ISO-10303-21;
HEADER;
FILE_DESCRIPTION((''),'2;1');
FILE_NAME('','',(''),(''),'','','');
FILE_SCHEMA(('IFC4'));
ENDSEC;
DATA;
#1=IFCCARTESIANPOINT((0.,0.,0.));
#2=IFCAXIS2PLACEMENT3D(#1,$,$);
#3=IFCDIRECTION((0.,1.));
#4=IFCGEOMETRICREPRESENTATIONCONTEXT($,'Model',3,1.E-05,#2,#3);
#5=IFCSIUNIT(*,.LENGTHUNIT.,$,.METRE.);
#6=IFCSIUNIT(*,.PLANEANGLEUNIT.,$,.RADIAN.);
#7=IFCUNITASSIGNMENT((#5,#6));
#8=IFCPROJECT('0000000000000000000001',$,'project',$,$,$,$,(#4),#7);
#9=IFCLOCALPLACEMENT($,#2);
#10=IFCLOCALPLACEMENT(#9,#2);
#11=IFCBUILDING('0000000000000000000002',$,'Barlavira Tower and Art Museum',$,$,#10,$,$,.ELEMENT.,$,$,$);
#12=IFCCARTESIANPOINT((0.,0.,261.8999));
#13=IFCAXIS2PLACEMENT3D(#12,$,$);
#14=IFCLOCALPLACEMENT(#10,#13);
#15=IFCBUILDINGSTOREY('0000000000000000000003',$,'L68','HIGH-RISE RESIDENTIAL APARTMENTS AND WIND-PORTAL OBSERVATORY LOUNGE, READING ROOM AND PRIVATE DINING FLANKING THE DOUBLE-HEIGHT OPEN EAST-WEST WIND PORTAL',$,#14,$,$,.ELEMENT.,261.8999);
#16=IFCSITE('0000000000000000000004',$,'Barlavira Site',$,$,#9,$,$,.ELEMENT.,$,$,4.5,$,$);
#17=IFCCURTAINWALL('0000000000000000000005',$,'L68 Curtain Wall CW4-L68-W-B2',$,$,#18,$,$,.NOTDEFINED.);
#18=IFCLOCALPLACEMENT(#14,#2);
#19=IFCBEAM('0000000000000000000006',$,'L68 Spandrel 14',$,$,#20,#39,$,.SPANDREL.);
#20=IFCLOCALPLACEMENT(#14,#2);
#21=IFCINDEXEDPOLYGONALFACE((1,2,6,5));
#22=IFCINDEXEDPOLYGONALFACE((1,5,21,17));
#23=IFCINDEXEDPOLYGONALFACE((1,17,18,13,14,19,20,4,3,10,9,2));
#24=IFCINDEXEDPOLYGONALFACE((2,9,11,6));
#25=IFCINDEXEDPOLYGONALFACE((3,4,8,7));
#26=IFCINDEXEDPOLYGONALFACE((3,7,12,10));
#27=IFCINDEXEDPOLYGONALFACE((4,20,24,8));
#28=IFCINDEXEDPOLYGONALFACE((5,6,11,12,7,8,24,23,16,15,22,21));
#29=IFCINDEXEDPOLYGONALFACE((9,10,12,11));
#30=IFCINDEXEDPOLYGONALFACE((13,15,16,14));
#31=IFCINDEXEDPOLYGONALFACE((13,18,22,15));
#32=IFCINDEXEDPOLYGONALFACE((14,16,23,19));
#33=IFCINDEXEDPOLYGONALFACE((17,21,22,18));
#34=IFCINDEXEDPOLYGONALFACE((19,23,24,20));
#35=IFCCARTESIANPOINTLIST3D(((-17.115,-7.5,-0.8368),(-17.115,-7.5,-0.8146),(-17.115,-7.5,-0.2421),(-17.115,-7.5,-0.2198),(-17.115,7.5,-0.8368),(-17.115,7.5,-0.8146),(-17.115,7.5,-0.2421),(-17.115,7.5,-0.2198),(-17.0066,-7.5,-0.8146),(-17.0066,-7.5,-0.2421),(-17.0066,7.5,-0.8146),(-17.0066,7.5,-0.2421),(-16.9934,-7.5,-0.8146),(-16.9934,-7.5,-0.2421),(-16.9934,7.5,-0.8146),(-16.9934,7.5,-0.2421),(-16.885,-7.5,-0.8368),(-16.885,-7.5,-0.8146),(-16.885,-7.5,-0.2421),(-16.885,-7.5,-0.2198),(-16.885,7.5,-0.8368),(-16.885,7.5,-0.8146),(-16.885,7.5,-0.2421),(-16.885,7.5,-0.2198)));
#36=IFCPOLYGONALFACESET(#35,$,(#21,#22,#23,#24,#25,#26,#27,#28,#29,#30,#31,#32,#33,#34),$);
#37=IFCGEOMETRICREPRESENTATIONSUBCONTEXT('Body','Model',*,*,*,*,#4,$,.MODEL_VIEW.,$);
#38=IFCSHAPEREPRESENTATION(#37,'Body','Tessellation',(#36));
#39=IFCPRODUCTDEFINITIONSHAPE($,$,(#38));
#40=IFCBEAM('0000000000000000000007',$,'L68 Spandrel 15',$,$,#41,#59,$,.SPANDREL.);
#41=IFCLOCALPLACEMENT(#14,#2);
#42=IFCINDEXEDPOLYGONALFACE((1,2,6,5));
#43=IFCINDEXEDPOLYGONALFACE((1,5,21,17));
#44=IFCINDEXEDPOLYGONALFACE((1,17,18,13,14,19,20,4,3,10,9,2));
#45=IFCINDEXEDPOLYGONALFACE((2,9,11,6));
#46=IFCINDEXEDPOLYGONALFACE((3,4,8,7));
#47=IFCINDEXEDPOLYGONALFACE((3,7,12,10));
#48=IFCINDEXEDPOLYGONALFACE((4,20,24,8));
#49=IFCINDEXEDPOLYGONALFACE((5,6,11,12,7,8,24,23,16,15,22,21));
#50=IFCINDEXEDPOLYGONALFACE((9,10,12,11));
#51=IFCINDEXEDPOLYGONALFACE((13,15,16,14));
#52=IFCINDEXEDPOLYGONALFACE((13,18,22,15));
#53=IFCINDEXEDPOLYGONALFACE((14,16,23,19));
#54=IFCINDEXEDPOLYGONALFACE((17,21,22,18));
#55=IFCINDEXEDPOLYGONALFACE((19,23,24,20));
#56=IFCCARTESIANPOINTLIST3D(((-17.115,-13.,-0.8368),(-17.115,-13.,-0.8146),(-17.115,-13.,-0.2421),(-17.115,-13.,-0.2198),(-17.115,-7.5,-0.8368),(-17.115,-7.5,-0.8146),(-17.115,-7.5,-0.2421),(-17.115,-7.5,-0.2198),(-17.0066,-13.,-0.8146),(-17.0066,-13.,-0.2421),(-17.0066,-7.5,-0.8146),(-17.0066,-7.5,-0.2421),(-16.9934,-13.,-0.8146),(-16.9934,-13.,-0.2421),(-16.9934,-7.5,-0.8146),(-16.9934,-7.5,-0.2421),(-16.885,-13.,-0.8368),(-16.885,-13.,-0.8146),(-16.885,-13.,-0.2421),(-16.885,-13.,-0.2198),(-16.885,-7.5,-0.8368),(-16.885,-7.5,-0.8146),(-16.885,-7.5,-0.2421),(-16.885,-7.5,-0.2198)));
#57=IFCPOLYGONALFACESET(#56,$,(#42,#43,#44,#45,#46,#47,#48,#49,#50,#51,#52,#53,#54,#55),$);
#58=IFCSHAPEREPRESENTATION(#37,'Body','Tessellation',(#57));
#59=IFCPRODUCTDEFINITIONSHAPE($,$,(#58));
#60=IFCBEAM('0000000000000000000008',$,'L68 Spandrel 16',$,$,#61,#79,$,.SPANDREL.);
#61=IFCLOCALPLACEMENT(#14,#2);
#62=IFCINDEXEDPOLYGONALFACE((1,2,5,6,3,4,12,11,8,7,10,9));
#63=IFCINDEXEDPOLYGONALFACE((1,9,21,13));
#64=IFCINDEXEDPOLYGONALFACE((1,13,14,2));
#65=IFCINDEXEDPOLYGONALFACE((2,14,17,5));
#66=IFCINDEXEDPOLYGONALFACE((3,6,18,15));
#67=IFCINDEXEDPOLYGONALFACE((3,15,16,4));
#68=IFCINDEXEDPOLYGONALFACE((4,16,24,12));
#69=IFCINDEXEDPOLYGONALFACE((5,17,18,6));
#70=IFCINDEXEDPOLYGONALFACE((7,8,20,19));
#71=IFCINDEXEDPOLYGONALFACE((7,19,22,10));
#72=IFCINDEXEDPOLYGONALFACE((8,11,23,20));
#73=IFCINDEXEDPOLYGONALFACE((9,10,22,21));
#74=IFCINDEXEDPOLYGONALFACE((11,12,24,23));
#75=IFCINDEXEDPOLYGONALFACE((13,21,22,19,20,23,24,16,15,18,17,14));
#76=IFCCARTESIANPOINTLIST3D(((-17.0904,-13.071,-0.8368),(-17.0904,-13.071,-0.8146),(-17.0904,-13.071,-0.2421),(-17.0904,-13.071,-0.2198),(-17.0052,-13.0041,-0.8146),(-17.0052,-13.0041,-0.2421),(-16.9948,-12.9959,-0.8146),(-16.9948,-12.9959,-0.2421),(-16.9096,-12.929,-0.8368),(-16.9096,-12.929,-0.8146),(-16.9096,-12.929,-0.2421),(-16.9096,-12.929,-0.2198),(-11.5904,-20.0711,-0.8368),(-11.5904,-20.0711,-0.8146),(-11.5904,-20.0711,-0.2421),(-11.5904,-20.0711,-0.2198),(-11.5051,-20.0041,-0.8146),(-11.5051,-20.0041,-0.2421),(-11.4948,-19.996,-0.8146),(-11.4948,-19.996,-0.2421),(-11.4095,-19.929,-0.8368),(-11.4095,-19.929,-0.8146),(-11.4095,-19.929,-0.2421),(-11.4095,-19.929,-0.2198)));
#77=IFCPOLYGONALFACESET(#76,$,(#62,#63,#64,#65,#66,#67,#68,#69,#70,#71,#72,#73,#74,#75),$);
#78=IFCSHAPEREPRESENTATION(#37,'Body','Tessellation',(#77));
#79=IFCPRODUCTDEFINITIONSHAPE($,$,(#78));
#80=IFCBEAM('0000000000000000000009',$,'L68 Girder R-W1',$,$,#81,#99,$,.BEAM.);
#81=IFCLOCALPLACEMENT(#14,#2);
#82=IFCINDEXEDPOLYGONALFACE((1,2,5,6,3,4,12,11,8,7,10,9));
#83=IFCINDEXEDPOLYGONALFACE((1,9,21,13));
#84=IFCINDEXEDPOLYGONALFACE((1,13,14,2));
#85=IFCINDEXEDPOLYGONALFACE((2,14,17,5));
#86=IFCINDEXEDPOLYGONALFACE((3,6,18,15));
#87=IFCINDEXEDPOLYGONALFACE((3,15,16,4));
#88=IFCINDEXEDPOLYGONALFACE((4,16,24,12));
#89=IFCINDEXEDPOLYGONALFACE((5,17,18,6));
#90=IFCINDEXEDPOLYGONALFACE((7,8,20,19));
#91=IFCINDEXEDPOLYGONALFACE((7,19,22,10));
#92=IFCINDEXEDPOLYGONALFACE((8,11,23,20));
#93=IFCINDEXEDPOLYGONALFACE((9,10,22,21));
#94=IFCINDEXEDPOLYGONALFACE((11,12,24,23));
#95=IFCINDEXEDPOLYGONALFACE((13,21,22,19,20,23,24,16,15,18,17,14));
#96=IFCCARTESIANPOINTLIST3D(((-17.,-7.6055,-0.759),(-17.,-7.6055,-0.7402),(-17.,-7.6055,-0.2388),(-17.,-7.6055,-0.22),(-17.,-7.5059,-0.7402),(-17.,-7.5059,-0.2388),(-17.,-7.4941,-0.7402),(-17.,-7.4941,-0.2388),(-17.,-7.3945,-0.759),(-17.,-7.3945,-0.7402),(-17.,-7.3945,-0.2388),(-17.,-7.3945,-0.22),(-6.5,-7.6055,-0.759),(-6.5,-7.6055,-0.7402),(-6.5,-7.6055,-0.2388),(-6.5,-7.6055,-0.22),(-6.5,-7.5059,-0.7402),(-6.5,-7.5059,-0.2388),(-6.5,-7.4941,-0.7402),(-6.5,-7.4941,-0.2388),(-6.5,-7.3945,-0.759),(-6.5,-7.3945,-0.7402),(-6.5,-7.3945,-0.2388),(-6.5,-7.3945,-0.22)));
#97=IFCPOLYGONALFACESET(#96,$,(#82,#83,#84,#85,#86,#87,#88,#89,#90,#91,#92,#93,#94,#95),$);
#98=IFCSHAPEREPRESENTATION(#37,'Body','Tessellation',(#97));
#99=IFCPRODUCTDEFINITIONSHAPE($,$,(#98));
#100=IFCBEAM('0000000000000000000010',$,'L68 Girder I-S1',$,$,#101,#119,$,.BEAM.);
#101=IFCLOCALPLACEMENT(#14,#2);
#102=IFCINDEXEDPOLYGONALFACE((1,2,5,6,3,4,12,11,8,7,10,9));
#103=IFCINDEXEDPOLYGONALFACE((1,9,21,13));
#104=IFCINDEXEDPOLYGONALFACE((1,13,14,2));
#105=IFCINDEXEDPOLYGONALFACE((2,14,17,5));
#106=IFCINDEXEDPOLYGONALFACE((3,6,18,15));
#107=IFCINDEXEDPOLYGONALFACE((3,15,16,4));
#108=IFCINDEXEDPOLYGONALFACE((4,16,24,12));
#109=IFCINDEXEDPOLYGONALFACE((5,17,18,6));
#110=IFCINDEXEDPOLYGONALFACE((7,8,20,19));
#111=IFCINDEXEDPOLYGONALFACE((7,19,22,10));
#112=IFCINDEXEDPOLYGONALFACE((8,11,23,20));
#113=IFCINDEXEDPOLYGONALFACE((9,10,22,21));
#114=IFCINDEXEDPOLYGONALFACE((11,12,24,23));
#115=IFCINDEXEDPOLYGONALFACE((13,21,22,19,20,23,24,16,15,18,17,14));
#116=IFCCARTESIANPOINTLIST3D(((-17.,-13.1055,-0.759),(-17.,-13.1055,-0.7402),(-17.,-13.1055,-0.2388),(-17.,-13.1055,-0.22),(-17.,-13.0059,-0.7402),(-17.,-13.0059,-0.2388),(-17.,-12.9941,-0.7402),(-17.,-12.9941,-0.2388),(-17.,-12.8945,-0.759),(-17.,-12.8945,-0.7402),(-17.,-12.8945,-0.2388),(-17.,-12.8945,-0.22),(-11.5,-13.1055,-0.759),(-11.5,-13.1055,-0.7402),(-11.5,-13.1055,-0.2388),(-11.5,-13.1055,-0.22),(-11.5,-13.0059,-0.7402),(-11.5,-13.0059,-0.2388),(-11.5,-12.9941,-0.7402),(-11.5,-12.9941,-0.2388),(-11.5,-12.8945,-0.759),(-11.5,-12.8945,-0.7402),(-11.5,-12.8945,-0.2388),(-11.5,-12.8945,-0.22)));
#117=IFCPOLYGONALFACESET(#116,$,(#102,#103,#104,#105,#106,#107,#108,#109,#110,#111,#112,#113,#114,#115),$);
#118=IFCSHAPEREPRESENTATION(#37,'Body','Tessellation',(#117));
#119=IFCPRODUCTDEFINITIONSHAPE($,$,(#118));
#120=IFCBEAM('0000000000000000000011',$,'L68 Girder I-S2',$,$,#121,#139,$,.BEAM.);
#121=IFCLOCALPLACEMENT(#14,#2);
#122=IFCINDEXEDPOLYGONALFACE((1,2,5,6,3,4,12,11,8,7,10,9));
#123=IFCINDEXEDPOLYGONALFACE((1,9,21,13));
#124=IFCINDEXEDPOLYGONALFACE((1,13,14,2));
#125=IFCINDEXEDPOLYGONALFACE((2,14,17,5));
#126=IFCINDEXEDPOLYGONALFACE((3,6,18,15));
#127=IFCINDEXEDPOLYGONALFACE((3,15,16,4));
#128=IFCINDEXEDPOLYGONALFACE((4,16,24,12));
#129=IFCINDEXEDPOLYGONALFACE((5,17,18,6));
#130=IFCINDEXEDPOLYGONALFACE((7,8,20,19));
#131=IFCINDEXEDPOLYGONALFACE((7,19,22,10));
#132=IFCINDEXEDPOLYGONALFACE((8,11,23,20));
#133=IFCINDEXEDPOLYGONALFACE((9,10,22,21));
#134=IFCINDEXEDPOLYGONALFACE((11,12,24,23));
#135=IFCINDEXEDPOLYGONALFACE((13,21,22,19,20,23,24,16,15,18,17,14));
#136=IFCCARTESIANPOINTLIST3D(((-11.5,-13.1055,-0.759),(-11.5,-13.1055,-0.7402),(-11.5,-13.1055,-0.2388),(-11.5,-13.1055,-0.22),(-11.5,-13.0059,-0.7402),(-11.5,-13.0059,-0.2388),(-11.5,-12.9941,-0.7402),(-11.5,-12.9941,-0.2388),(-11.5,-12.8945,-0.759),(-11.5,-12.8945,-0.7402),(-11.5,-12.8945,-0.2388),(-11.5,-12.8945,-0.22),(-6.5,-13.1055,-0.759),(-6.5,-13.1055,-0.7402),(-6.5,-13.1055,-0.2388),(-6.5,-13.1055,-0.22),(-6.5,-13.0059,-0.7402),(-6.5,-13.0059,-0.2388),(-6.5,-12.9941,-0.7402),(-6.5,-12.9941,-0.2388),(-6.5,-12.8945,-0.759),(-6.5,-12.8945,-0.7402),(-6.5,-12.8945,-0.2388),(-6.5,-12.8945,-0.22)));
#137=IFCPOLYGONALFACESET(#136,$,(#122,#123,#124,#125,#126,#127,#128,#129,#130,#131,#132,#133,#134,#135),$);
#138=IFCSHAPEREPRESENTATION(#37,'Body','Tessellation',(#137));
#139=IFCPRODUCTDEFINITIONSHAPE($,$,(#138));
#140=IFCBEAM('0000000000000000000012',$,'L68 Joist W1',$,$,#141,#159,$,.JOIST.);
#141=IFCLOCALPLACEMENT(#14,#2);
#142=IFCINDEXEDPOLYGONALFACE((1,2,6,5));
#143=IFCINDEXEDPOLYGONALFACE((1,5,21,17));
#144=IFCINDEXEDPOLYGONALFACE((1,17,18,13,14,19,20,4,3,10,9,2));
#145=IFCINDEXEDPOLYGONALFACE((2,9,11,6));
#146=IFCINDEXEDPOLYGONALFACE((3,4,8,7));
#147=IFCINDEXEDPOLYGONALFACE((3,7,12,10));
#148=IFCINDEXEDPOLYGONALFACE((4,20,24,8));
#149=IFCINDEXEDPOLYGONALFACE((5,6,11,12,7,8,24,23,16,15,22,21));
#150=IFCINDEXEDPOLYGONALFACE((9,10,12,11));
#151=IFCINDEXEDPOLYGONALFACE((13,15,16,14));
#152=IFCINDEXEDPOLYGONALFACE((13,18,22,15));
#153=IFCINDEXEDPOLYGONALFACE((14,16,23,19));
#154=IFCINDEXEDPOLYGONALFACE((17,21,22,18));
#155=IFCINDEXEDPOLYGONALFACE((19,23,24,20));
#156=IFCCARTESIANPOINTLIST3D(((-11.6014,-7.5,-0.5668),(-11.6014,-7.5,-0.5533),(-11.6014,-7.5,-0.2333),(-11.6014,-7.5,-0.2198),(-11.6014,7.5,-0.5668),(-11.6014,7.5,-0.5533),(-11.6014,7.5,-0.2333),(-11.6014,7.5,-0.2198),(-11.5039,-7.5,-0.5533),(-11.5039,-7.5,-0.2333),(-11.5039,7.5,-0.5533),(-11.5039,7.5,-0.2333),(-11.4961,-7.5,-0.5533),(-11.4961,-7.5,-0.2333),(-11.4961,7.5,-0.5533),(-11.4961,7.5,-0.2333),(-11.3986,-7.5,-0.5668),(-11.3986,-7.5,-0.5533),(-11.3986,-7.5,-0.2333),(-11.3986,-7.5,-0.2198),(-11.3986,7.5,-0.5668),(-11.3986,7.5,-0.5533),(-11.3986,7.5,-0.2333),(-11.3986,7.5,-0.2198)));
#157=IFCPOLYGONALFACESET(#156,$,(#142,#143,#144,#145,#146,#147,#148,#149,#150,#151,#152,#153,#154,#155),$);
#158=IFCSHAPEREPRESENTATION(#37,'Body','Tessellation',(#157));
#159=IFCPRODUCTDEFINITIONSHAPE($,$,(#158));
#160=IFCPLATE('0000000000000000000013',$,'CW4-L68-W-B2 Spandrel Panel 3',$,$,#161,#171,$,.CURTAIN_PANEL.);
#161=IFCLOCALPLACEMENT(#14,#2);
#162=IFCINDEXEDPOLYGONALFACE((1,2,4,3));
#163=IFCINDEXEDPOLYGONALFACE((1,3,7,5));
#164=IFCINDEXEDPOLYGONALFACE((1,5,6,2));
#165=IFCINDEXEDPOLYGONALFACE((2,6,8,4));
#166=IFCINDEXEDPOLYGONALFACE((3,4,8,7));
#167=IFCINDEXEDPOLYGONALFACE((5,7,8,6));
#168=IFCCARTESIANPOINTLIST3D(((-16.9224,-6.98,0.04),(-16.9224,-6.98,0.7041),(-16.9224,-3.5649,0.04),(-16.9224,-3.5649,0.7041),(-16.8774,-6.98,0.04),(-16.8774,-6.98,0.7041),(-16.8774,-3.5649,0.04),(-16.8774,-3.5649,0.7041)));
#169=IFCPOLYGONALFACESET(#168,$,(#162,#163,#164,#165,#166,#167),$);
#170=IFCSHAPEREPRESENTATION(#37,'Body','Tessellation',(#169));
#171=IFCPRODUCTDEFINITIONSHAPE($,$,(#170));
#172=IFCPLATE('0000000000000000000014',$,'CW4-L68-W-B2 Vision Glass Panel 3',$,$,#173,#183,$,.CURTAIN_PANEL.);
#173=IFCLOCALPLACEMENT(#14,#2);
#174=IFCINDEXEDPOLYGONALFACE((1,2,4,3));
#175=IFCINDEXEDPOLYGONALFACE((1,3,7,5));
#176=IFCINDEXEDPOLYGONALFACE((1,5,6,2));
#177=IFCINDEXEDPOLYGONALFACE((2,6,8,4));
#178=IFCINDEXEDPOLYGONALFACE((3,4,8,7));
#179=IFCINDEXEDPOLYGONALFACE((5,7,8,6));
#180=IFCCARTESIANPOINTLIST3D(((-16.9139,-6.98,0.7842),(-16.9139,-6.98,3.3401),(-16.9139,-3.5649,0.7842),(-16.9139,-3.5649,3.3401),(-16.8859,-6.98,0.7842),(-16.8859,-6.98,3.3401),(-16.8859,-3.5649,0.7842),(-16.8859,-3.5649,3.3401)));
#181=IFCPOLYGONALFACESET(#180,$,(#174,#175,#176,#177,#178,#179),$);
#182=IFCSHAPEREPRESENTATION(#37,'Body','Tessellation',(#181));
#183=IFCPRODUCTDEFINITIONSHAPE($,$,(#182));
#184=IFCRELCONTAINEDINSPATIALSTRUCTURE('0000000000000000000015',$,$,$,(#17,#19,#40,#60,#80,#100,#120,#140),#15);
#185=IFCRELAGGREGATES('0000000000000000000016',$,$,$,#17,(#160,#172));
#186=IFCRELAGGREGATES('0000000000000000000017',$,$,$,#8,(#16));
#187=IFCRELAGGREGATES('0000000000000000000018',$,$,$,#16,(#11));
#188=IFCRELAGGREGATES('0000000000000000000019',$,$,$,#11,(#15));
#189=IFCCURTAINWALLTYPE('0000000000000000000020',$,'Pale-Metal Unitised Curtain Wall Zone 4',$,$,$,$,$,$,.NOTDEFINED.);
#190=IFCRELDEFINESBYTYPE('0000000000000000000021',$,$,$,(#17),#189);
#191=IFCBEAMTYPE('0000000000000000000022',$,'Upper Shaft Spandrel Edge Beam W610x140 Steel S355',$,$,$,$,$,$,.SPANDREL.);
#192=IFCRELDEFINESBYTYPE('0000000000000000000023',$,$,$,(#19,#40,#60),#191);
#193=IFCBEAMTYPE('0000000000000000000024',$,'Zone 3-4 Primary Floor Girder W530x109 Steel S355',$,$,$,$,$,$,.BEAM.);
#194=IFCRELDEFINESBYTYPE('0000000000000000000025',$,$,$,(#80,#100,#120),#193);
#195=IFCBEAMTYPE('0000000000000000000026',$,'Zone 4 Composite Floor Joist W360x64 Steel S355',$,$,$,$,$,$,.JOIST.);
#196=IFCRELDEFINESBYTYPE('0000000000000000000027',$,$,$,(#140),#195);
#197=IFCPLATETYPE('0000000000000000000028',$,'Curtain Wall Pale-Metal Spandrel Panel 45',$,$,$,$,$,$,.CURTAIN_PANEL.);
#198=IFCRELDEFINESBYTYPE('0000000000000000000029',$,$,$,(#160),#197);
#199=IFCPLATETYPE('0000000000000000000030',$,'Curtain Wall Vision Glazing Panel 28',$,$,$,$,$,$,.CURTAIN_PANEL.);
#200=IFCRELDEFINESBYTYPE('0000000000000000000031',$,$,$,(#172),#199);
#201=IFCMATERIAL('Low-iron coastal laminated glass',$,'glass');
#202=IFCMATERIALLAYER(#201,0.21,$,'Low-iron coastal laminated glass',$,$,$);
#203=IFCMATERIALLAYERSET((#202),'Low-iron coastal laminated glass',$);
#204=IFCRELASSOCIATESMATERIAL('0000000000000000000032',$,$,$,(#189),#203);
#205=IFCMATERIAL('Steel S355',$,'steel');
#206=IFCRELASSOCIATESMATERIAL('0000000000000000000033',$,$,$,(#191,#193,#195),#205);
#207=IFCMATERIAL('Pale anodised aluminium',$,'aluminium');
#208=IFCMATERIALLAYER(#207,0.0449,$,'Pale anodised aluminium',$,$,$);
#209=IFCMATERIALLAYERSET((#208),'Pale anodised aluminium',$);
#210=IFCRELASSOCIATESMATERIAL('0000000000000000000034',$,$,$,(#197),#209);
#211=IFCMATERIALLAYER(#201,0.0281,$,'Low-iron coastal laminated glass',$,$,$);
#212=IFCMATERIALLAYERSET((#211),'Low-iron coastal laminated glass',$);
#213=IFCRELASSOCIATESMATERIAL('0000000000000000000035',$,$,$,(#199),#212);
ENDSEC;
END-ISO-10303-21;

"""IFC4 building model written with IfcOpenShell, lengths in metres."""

from ifc_helpers import new_model, si_unit, direction, frame, origin, origin_2d, place, context, subcontext, project, spatial, rectangle, i_section, extrude, material, layer, layer_set, material_profile, profile_set, type_object, element, aggregate, save


model = new_model("IFC4")

# Units and contexts
model_context = context("Model", 3, precision=1e-05, world=origin(), true_north=direction((0.0, 1.0)))
body_context = subcontext(model_context, "Body", "Model", "MODEL_VIEW")
ifc_project = project(units=[si_unit("LENGTHUNIT", "METRE"), si_unit("PLANEANGLEUNIT", "RADIAN")], contexts=[model_context])

# Site, building, storey
site_placement = place(None, origin())
site = spatial("IfcSite", under=ifc_project, at=site_placement, Name="Barlavira Site", CompositionType="ELEMENT", RefElevation=4.5)
building_placement = place(site_placement, origin())
building = spatial("IfcBuilding", under=site, at=building_placement, Name="Barlavira Tower and Art Museum", CompositionType="ELEMENT")
storey_placement = place(building_placement, frame((0.0, 0.0, 261.8999)))
storey = spatial("IfcBuildingStorey", under=building, at=storey_placement, Name="L68", Description="HIGH-RISE RESIDENTIAL APARTMENTS AND WIND-PORTAL OBSERVATORY LOUNGE, READING ROOM AND PRIVATE DINING FLANKING THE DOUBLE-HEIGHT OPEN EAST-WEST WIND PORTAL", CompositionType="ELEMENT", Elevation=261.8999)

# Curtain wall
ifc_material_1 = material(Name="Low-iron coastal laminated glass", Category="glass")
ifc_layer_1 = layer(ifc_material_1, 0.21, Name="Low-iron coastal laminated glass")
ifc_layer_set_1 = layer_set([ifc_layer_1], Name="Low-iron coastal laminated glass")
curtain_wall_type = type_object("IfcCurtainWallType", Name="Pale-Metal Unitised Curtain Wall Zone 4", PredefinedType="NOTDEFINED", material=ifc_layer_set_1)
curtain_wall_placement = place(storey_placement, origin())
curtain_wall = element("IfcCurtainWall", 1, at=curtain_wall_placement, inside=storey, type_object=curtain_wall_type, Name="L68 Curtain Wall CW4-L68-W-B2", PredefinedType="NOTDEFINED")
ifc_material_2 = material(Name="Pale anodised aluminium", Category="aluminium")

# Shared definitions
ifc_material_3 = material(Name="Steel S355", Category="steel")

# Beams
ifc_material_profile_1 = material_profile(ifc_material_3, i_section(OverallWidth=0.23, OverallDepth=0.6169, WebThickness=0.0132, FlangeThickness=0.0222, at=origin_2d()), Name="W610x140.0")
ifc_profile_set_1 = profile_set([ifc_material_profile_1], Name="Steel S355")
beam_type_1 = type_object("IfcBeamType", Name="Upper Shaft Spandrel Edge Beam W610x140 Steel S355", PredefinedType="SPANDREL", material=ifc_profile_set_1)
beam_1_placement = place(storey_placement, frame((-17.0, -7.5, -0.5283), z_axis=(0.0, 1.0, 0.0), x_axis=(-1.0, 0.0, 0.0)))
element("IfcBeam", 2, at=beam_1_placement, inside=storey, type_object=beam_type_1, Name="L68 Spandrel 14", PredefinedType="SPANDREL", context=body_context, shape_type="SweptSolid", body=[
    extrude(i_section(OverallWidth=0.23, OverallDepth=0.6169, WebThickness=0.0132, FlangeThickness=0.0222, at=origin_2d()), origin(), (0.0, 0.0, 1.0), 15.0),
])
beam_2_placement = place(storey_placement, frame((-17.0, -13.0, -0.5283), z_axis=(0.0, 1.0, 0.0), x_axis=(-1.0, 0.0, 0.0)))
element("IfcBeam", 3, at=beam_2_placement, inside=storey, type_object=beam_type_1, Name="L68 Spandrel 15", PredefinedType="SPANDREL", context=body_context, shape_type="SweptSolid", body=[
    extrude(i_section(OverallWidth=0.23, OverallDepth=0.6169, WebThickness=0.0132, FlangeThickness=0.0222, at=origin_2d()), origin(), (0.0, 0.0, 1.0), 5.5),
])
beam_3_placement = place(storey_placement, frame((-17.0, -13.0, -0.5283), z_axis=(0.617822, -0.786318, 0.0), x_axis=(0.786318, 0.617822, 0.0)))
element("IfcBeam", 4, at=beam_3_placement, inside=storey, type_object=beam_type_1, Name="L68 Spandrel 16", PredefinedType="SPANDREL", context=body_context, shape_type="SweptSolid", body=[
    extrude(i_section(OverallWidth=0.23, OverallDepth=0.6169, WebThickness=0.0132, FlangeThickness=0.0222, at=origin_2d()), origin(), (0.0, 0.0, 1.0), 8.9023),
])
ifc_material_profile_2 = material_profile(ifc_material_3, i_section(OverallWidth=0.2109, OverallDepth=0.5391, WebThickness=0.0117, FlangeThickness=0.0188, at=origin_2d()), Name="W530x109.0")
ifc_profile_set_2 = profile_set([ifc_material_profile_2], Name="Steel S355")
beam_type_2 = type_object("IfcBeamType", Name="Zone 3-4 Primary Floor Girder W530x109 Steel S355", PredefinedType="BEAM", material=ifc_profile_set_2)
beam_4_placement = place(storey_placement, frame((-17.0, -7.5, -0.4895), z_axis=(1.0, 0.0, 0.0), x_axis=(0.0, 1.0, 0.0)))
element("IfcBeam", 5, at=beam_4_placement, inside=storey, type_object=beam_type_2, Name="L68 Girder R-W1", PredefinedType="BEAM", context=body_context, shape_type="SweptSolid", body=[
    extrude(i_section(OverallWidth=0.2109, OverallDepth=0.5391, WebThickness=0.0117, FlangeThickness=0.0188, at=origin_2d()), origin(), (0.0, 0.0, 1.0), 10.5),
])
beam_5_placement = place(storey_placement, frame((-17.0, -13.0, -0.4895), z_axis=(1.0, 0.0, 0.0), x_axis=(0.0, 1.0, 0.0)))
element("IfcBeam", 6, at=beam_5_placement, inside=storey, type_object=beam_type_2, Name="L68 Girder I-S1", PredefinedType="BEAM", context=body_context, shape_type="SweptSolid", body=[
    extrude(i_section(OverallWidth=0.2109, OverallDepth=0.5391, WebThickness=0.0117, FlangeThickness=0.0188, at=origin_2d()), origin(), (0.0, 0.0, 1.0), 5.5),
])
beam_6_placement = place(storey_placement, frame((-11.5, -13.0, -0.4895), z_axis=(1.0, 0.0, 0.0), x_axis=(0.0, 1.0, 0.0)))
element("IfcBeam", 7, at=beam_6_placement, inside=storey, type_object=beam_type_2, Name="L68 Girder I-S2", PredefinedType="BEAM", context=body_context, shape_type="SweptSolid", body=[
    extrude(i_section(OverallWidth=0.2109, OverallDepth=0.5391, WebThickness=0.0117, FlangeThickness=0.0188, at=origin_2d()), origin(), (0.0, 0.0, 1.0), 5.0),
])
ifc_material_profile_3 = material_profile(ifc_material_3, i_section(OverallWidth=0.2029, OverallDepth=0.3469, WebThickness=0.0078, FlangeThickness=0.0134, at=origin_2d()), Name="W360x64.0")
ifc_profile_set_3 = profile_set([ifc_material_profile_3], Name="Steel S355")
beam_type_3 = type_object("IfcBeamType", Name="Zone 4 Composite Floor Joist W360x64 Steel S355", PredefinedType="JOIST", material=ifc_profile_set_3)
beam_7_placement = place(storey_placement, frame((-11.5, -7.5, -0.3933), z_axis=(0.0, 1.0, 0.0), x_axis=(-1.0, 0.0, 0.0)))
element("IfcBeam", 8, at=beam_7_placement, inside=storey, type_object=beam_type_3, Name="L68 Joist W1", PredefinedType="JOIST", context=body_context, shape_type="SweptSolid", body=[
    extrude(i_section(OverallWidth=0.2029, OverallDepth=0.3469, WebThickness=0.0078, FlangeThickness=0.0134, at=origin_2d()), origin(), (0.0, 0.0, 1.0), 15.0),
])

# Plates
ifc_layer_2 = layer(ifc_material_2, 0.0449, Name="Pale anodised aluminium")
ifc_layer_set_2 = layer_set([ifc_layer_2], Name="Pale anodised aluminium")
plate_type_1 = type_object("IfcPlateType", Name="Curtain Wall Pale-Metal Spandrel Panel 45", PredefinedType="CURTAIN_PANEL", material=ifc_layer_set_2)
plate_1_placement = place(storey_placement, frame((-16.8999, -5.2725, 0.04), z_axis=(0.0, 0.0, 1.0), x_axis=(0.0, -1.0, 0.0)))
plate_1 = element("IfcPlate", 9, at=plate_1_placement, type_object=plate_type_1, Name="CW4-L68-W-B2 Spandrel Panel 3", PredefinedType="CURTAIN_PANEL", context=body_context, shape_type="SweptSolid", body=[
    extrude(rectangle(XDim=3.415, YDim=0.0449, at=origin_2d()), origin(), (0.0, 0.0, 1.0), 0.6641),
])
ifc_layer_3 = layer(ifc_material_1, 0.0281, Name="Low-iron coastal laminated glass")
ifc_layer_set_3 = layer_set([ifc_layer_3], Name="Low-iron coastal laminated glass")
plate_type_2 = type_object("IfcPlateType", Name="Curtain Wall Vision Glazing Panel 28", PredefinedType="CURTAIN_PANEL", material=ifc_layer_set_3)
plate_2_placement = place(storey_placement, frame((-16.8999, -5.2725, 0.7842), z_axis=(0.0, 0.0, 1.0), x_axis=(0.0, -1.0, 0.0)))
plate_2 = element("IfcPlate", 10, at=plate_2_placement, type_object=plate_type_2, Name="CW4-L68-W-B2 Vision Glass Panel 3", PredefinedType="CURTAIN_PANEL", context=body_context, shape_type="SweptSolid", body=[
    extrude(rectangle(XDim=3.415, YDim=0.0281, at=origin_2d()), origin(), (0.0, 0.0, 1.0), 2.5559),
])
aggregate(curtain_wall, [plate_1, plate_2])

save(model, "model.ifc")
